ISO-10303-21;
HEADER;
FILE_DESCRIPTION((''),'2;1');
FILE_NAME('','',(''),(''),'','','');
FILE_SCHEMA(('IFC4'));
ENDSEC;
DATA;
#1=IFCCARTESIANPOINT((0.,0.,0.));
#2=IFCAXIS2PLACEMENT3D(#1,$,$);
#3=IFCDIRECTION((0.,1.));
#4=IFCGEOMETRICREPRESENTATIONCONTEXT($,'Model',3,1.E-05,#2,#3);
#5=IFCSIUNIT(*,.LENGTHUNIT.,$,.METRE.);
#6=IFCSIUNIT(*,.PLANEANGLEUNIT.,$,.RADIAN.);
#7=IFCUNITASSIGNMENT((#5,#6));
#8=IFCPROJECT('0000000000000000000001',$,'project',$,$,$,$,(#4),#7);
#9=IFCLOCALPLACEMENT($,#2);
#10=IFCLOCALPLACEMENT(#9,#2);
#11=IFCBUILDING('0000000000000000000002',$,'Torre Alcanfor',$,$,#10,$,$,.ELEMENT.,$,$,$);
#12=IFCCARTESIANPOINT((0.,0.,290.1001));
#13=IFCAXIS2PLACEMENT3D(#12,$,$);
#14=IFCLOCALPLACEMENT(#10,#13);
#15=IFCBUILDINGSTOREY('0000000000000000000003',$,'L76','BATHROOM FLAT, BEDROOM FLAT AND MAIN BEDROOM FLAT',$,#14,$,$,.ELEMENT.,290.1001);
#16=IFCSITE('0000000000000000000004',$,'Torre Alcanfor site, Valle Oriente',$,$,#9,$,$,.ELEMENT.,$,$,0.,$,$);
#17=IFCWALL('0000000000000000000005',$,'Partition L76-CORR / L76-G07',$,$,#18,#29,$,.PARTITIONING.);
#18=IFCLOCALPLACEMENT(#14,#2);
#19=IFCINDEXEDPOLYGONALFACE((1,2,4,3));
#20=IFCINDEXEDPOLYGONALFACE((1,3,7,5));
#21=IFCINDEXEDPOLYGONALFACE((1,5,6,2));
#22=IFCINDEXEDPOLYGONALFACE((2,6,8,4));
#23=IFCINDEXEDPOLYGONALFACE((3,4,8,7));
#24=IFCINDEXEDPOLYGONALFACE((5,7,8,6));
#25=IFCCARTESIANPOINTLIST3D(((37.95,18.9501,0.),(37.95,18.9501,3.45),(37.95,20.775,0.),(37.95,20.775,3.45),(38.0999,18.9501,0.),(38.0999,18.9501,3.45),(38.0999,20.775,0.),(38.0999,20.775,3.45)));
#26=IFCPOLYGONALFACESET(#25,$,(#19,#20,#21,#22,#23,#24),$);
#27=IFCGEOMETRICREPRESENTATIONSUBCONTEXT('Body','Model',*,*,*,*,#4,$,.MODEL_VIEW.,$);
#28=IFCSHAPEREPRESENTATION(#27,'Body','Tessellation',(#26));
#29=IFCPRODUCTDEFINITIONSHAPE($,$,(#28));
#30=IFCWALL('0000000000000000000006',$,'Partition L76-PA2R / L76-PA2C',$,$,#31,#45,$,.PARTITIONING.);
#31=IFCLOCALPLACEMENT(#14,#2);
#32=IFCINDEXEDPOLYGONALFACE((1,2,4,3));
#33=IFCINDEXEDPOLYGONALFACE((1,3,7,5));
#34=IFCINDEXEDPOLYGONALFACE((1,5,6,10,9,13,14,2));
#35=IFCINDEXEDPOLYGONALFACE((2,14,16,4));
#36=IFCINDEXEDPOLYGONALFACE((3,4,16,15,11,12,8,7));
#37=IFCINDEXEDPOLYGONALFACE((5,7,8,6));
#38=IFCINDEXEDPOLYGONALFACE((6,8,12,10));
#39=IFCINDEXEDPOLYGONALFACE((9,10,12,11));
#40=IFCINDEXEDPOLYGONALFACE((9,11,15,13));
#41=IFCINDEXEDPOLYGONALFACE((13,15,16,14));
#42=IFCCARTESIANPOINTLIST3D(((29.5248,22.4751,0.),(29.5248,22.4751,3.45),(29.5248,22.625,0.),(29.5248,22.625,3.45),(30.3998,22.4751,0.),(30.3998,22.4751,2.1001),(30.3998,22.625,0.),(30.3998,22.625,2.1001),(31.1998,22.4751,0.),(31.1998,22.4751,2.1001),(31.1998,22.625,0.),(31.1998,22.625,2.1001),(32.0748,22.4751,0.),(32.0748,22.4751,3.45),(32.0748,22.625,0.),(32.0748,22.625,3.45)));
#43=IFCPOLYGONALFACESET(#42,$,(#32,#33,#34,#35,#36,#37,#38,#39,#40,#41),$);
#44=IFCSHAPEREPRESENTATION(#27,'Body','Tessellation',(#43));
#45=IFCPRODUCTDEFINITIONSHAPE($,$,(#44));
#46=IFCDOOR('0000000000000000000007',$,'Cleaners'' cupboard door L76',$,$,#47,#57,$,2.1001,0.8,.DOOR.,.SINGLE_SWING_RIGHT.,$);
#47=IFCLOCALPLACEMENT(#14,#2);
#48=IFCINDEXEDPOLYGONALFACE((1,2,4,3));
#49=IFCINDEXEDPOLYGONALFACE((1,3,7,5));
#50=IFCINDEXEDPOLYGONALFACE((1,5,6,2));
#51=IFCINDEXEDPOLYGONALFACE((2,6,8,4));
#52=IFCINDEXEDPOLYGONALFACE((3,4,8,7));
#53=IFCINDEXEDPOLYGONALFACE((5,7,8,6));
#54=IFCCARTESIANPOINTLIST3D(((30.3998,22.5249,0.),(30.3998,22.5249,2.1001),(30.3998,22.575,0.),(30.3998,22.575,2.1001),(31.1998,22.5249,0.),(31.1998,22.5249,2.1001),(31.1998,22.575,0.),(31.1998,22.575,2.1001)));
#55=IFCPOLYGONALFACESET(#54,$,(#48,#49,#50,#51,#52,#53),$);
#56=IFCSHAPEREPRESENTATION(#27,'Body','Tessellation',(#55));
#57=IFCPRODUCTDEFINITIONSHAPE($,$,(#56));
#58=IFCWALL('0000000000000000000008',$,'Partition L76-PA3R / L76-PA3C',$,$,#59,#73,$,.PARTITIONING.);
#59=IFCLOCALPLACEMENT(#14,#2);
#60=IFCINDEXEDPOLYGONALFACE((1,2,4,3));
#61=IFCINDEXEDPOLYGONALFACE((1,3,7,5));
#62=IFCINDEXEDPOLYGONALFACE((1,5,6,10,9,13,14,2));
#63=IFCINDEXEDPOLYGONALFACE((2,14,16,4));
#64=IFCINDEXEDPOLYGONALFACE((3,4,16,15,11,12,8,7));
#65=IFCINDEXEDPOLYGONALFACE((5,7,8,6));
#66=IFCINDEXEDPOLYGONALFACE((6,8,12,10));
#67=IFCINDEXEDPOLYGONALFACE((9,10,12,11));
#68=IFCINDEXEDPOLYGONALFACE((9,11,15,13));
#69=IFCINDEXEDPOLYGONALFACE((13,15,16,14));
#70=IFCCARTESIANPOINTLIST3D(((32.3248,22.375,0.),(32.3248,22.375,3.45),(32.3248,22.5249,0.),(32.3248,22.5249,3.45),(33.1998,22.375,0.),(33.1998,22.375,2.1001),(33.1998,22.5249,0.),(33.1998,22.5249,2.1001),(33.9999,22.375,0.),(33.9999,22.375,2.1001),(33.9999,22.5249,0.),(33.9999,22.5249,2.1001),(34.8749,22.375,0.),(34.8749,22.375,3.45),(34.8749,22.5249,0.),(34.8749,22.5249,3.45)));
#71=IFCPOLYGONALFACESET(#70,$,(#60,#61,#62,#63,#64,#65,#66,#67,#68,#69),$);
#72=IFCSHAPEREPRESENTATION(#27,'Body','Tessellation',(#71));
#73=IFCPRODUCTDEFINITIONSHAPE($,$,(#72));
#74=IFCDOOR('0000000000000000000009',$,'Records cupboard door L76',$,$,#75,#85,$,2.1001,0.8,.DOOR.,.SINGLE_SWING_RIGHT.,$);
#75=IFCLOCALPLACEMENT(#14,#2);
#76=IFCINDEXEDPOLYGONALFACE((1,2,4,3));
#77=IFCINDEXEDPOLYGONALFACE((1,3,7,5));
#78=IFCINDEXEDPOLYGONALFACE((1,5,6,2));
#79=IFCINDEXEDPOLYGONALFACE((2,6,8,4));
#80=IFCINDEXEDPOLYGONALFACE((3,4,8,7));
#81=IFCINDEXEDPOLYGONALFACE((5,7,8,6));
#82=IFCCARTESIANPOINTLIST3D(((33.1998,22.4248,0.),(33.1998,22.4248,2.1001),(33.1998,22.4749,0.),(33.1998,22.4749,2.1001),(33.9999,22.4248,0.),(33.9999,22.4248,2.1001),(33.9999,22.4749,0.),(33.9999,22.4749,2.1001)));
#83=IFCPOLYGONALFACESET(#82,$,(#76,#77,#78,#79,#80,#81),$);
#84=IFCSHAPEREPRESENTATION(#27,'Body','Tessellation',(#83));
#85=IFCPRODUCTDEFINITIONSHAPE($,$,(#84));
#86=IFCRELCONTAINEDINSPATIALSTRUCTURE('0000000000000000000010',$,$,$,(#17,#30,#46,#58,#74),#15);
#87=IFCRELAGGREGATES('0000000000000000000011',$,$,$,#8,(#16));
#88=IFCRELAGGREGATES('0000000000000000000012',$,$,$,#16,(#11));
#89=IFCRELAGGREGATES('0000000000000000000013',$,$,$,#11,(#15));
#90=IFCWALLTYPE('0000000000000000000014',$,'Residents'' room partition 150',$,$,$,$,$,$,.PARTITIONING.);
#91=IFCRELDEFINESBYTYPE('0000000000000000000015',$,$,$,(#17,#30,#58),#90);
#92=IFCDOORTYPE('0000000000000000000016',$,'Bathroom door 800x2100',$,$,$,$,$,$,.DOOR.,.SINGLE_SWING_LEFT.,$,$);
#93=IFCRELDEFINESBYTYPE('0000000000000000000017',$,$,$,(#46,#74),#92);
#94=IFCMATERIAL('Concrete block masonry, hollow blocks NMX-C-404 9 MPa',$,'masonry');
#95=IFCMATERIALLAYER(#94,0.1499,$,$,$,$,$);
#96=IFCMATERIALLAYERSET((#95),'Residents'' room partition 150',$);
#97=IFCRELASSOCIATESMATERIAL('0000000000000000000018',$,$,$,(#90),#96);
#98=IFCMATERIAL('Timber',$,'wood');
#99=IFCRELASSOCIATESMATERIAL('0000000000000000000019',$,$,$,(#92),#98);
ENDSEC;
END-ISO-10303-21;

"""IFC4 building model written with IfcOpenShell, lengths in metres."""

from ifc_helpers import new_model, si_unit, direction, frame, frame_2d, origin, place, context, subcontext, project, spatial, rectangle, extrude, material, layer, layer_set, type_object, element, fill, save


model = new_model("IFC4")

# Units and contexts
model_context = context("Model", 3, precision=1e-05, world=origin(), true_north=direction((0.0, 1.0)))
body_context = subcontext(model_context, "Body", "Model", "MODEL_VIEW")
ifc_project = project(units=[si_unit("LENGTHUNIT", "METRE"), si_unit("PLANEANGLEUNIT", "RADIAN")], contexts=[model_context])

# Site, building, storey
site_placement = place(None, origin())
site = spatial("IfcSite", under=ifc_project, at=site_placement, Name="Torre Alcanfor site, Valle Oriente", CompositionType="ELEMENT", RefElevation=0.0)
building_placement = place(site_placement, origin())
building = spatial("IfcBuilding", under=site, at=building_placement, Name="Torre Alcanfor", CompositionType="ELEMENT")
storey_placement = place(building_placement, frame((0.0, 0.0, 290.1001)))
storey = spatial("IfcBuildingStorey", under=building, at=storey_placement, Name="L76", Description="BATHROOM FLAT, BEDROOM FLAT AND MAIN BEDROOM FLAT", CompositionType="ELEMENT", Elevation=290.1001)

# Shared definitions
ifc_material_1 = material(Name="Concrete block masonry, hollow blocks NMX-C-404 9 MPa", Category="masonry")
ifc_layer_1 = layer(ifc_material_1, 0.1499)
ifc_layer_set_1 = layer_set([ifc_layer_1], Name="Residents' room partition 150")
wall_type_1 = type_object("IfcWallType", Name="Residents' room partition 150", PredefinedType="PARTITIONING", material=ifc_layer_set_1)

# Wall
wall_1_placement = place(storey_placement, frame((38.0249, 18.95, 0.0), z_axis=(0.0, 0.0, 1.0), x_axis=(0.0, 1.0, 0.0)))
element("IfcWall", 1, at=wall_1_placement, inside=storey, type_object=wall_type_1, Name="Partition L76-CORR / L76-G07", PredefinedType="PARTITIONING", context=body_context, shape_type="SweptSolid", body=[
    extrude(rectangle(XDim=1.825, YDim=0.1499, at=frame_2d((0.9126, 0.0))), origin(), (0.0, 0.0, 1.0), 3.45),
])

# Walls, openings, doors
wall_2_placement = place(storey_placement, frame((29.5249, 22.55, 0.0), z_axis=(0.0, 0.0, 1.0), x_axis=(1.0, 0.0, 0.0)))
wall_2 = element("IfcWall", 2, at=wall_2_placement, inside=storey, type_object=wall_type_1, Name="Partition L76-PA2R / L76-PA2C", PredefinedType="PARTITIONING", context=body_context, shape_type="SweptSolid", body=[
    extrude(rectangle(XDim=2.55, YDim=0.1499, at=frame_2d((1.2749, 0.0))), origin(), (0.0, 0.0, 1.0), 3.45),
])
opening_1_placement = place(wall_2_placement, frame((0.875, 0.0, 0.0)))
opening_1 = element("IfcOpeningElement", 3, at=opening_1_placement, cuts=wall_2, PredefinedType="OPENING", context=body_context, shape_type="SweptSolid", body=[
    extrude(rectangle(XDim=0.8, YDim=2.1001, at=frame_2d((0.3999, 1.05))), frame((0.0, 0.085, 0.0), z_axis=(0.0, -1.0, 0.0), x_axis=(1.0, 0.0, 0.0)), (0.0, 0.0, 1.0), 0.1699),
])
ifc_material_2 = material(Name="Timber", Category="wood")
door_type_1 = type_object("IfcDoorType", Name="Bathroom door 800x2100", OperationType="SINGLE_SWING_LEFT", PredefinedType="DOOR", material=ifc_material_2)
door_1_placement = place(opening_1_placement, frame((0.8, 0.0, 0.0), z_axis=(0.0, 0.0, 1.0), x_axis=(-1.0, 0.0, 0.0)))
door_1 = element("IfcDoor", 4, at=door_1_placement, inside=storey, type_object=door_type_1, Name="Cleaners' cupboard door L76", OperationType="SINGLE_SWING_RIGHT", OverallHeight=2.1001, OverallWidth=0.8, PredefinedType="DOOR", context=body_context, shape_type="SweptSolid", body=[
    extrude(rectangle(XDim=0.8, YDim=2.1001, at=frame_2d((0.4001, 1.05))), frame((0.0, 0.0251, 0.0), z_axis=(0.0, -1.0, 0.0), x_axis=(1.0, 0.0, 0.0)), (0.0, 0.0, 1.0), 0.05),
])
fill(opening_1, door_1)
wall_3_placement = place(storey_placement, frame((32.325, 22.45, 0.0), z_axis=(0.0, 0.0, 1.0), x_axis=(1.0, 0.0, 0.0)))
wall_3 = element("IfcWall", 5, at=wall_3_placement, inside=storey, type_object=wall_type_1, Name="Partition L76-PA3R / L76-PA3C", PredefinedType="PARTITIONING", context=body_context, shape_type="SweptSolid", body=[
    extrude(rectangle(XDim=2.55, YDim=0.1499, at=frame_2d((1.2749, 0.0))), origin(), (0.0, 0.0, 1.0), 3.45),
])
opening_2_placement = place(wall_3_placement, frame((0.875, 0.0, 0.0)))
opening_2 = element("IfcOpeningElement", 6, at=opening_2_placement, cuts=wall_3, PredefinedType="OPENING", context=body_context, shape_type="SweptSolid", body=[
    extrude(rectangle(XDim=0.8, YDim=2.1001, at=frame_2d((0.3999, 1.05))), frame((0.0, 0.085, 0.0), z_axis=(0.0, -1.0, 0.0), x_axis=(1.0, 0.0, 0.0)), (0.0, 0.0, 1.0), 0.1699),
])
door_2_placement = place(opening_2_placement, frame((0.8, 0.0, 0.0), z_axis=(0.0, 0.0, 1.0), x_axis=(-1.0, 0.0, 0.0)))
door_2 = element("IfcDoor", 7, at=door_2_placement, inside=storey, type_object=door_type_1, Name="Records cupboard door L76", OperationType="SINGLE_SWING_RIGHT", OverallHeight=2.1001, OverallWidth=0.8, PredefinedType="DOOR", context=body_context, shape_type="SweptSolid", body=[
    extrude(rectangle(XDim=0.8, YDim=2.1001, at=frame_2d((0.4001, 1.05))), frame((0.0, 0.0251, 0.0), z_axis=(0.0, -1.0, 0.0), x_axis=(1.0, 0.0, 0.0)), (0.0, 0.0, 1.0), 0.05),
])
fill(opening_2, door_2)

save(model, "model.ifc")
